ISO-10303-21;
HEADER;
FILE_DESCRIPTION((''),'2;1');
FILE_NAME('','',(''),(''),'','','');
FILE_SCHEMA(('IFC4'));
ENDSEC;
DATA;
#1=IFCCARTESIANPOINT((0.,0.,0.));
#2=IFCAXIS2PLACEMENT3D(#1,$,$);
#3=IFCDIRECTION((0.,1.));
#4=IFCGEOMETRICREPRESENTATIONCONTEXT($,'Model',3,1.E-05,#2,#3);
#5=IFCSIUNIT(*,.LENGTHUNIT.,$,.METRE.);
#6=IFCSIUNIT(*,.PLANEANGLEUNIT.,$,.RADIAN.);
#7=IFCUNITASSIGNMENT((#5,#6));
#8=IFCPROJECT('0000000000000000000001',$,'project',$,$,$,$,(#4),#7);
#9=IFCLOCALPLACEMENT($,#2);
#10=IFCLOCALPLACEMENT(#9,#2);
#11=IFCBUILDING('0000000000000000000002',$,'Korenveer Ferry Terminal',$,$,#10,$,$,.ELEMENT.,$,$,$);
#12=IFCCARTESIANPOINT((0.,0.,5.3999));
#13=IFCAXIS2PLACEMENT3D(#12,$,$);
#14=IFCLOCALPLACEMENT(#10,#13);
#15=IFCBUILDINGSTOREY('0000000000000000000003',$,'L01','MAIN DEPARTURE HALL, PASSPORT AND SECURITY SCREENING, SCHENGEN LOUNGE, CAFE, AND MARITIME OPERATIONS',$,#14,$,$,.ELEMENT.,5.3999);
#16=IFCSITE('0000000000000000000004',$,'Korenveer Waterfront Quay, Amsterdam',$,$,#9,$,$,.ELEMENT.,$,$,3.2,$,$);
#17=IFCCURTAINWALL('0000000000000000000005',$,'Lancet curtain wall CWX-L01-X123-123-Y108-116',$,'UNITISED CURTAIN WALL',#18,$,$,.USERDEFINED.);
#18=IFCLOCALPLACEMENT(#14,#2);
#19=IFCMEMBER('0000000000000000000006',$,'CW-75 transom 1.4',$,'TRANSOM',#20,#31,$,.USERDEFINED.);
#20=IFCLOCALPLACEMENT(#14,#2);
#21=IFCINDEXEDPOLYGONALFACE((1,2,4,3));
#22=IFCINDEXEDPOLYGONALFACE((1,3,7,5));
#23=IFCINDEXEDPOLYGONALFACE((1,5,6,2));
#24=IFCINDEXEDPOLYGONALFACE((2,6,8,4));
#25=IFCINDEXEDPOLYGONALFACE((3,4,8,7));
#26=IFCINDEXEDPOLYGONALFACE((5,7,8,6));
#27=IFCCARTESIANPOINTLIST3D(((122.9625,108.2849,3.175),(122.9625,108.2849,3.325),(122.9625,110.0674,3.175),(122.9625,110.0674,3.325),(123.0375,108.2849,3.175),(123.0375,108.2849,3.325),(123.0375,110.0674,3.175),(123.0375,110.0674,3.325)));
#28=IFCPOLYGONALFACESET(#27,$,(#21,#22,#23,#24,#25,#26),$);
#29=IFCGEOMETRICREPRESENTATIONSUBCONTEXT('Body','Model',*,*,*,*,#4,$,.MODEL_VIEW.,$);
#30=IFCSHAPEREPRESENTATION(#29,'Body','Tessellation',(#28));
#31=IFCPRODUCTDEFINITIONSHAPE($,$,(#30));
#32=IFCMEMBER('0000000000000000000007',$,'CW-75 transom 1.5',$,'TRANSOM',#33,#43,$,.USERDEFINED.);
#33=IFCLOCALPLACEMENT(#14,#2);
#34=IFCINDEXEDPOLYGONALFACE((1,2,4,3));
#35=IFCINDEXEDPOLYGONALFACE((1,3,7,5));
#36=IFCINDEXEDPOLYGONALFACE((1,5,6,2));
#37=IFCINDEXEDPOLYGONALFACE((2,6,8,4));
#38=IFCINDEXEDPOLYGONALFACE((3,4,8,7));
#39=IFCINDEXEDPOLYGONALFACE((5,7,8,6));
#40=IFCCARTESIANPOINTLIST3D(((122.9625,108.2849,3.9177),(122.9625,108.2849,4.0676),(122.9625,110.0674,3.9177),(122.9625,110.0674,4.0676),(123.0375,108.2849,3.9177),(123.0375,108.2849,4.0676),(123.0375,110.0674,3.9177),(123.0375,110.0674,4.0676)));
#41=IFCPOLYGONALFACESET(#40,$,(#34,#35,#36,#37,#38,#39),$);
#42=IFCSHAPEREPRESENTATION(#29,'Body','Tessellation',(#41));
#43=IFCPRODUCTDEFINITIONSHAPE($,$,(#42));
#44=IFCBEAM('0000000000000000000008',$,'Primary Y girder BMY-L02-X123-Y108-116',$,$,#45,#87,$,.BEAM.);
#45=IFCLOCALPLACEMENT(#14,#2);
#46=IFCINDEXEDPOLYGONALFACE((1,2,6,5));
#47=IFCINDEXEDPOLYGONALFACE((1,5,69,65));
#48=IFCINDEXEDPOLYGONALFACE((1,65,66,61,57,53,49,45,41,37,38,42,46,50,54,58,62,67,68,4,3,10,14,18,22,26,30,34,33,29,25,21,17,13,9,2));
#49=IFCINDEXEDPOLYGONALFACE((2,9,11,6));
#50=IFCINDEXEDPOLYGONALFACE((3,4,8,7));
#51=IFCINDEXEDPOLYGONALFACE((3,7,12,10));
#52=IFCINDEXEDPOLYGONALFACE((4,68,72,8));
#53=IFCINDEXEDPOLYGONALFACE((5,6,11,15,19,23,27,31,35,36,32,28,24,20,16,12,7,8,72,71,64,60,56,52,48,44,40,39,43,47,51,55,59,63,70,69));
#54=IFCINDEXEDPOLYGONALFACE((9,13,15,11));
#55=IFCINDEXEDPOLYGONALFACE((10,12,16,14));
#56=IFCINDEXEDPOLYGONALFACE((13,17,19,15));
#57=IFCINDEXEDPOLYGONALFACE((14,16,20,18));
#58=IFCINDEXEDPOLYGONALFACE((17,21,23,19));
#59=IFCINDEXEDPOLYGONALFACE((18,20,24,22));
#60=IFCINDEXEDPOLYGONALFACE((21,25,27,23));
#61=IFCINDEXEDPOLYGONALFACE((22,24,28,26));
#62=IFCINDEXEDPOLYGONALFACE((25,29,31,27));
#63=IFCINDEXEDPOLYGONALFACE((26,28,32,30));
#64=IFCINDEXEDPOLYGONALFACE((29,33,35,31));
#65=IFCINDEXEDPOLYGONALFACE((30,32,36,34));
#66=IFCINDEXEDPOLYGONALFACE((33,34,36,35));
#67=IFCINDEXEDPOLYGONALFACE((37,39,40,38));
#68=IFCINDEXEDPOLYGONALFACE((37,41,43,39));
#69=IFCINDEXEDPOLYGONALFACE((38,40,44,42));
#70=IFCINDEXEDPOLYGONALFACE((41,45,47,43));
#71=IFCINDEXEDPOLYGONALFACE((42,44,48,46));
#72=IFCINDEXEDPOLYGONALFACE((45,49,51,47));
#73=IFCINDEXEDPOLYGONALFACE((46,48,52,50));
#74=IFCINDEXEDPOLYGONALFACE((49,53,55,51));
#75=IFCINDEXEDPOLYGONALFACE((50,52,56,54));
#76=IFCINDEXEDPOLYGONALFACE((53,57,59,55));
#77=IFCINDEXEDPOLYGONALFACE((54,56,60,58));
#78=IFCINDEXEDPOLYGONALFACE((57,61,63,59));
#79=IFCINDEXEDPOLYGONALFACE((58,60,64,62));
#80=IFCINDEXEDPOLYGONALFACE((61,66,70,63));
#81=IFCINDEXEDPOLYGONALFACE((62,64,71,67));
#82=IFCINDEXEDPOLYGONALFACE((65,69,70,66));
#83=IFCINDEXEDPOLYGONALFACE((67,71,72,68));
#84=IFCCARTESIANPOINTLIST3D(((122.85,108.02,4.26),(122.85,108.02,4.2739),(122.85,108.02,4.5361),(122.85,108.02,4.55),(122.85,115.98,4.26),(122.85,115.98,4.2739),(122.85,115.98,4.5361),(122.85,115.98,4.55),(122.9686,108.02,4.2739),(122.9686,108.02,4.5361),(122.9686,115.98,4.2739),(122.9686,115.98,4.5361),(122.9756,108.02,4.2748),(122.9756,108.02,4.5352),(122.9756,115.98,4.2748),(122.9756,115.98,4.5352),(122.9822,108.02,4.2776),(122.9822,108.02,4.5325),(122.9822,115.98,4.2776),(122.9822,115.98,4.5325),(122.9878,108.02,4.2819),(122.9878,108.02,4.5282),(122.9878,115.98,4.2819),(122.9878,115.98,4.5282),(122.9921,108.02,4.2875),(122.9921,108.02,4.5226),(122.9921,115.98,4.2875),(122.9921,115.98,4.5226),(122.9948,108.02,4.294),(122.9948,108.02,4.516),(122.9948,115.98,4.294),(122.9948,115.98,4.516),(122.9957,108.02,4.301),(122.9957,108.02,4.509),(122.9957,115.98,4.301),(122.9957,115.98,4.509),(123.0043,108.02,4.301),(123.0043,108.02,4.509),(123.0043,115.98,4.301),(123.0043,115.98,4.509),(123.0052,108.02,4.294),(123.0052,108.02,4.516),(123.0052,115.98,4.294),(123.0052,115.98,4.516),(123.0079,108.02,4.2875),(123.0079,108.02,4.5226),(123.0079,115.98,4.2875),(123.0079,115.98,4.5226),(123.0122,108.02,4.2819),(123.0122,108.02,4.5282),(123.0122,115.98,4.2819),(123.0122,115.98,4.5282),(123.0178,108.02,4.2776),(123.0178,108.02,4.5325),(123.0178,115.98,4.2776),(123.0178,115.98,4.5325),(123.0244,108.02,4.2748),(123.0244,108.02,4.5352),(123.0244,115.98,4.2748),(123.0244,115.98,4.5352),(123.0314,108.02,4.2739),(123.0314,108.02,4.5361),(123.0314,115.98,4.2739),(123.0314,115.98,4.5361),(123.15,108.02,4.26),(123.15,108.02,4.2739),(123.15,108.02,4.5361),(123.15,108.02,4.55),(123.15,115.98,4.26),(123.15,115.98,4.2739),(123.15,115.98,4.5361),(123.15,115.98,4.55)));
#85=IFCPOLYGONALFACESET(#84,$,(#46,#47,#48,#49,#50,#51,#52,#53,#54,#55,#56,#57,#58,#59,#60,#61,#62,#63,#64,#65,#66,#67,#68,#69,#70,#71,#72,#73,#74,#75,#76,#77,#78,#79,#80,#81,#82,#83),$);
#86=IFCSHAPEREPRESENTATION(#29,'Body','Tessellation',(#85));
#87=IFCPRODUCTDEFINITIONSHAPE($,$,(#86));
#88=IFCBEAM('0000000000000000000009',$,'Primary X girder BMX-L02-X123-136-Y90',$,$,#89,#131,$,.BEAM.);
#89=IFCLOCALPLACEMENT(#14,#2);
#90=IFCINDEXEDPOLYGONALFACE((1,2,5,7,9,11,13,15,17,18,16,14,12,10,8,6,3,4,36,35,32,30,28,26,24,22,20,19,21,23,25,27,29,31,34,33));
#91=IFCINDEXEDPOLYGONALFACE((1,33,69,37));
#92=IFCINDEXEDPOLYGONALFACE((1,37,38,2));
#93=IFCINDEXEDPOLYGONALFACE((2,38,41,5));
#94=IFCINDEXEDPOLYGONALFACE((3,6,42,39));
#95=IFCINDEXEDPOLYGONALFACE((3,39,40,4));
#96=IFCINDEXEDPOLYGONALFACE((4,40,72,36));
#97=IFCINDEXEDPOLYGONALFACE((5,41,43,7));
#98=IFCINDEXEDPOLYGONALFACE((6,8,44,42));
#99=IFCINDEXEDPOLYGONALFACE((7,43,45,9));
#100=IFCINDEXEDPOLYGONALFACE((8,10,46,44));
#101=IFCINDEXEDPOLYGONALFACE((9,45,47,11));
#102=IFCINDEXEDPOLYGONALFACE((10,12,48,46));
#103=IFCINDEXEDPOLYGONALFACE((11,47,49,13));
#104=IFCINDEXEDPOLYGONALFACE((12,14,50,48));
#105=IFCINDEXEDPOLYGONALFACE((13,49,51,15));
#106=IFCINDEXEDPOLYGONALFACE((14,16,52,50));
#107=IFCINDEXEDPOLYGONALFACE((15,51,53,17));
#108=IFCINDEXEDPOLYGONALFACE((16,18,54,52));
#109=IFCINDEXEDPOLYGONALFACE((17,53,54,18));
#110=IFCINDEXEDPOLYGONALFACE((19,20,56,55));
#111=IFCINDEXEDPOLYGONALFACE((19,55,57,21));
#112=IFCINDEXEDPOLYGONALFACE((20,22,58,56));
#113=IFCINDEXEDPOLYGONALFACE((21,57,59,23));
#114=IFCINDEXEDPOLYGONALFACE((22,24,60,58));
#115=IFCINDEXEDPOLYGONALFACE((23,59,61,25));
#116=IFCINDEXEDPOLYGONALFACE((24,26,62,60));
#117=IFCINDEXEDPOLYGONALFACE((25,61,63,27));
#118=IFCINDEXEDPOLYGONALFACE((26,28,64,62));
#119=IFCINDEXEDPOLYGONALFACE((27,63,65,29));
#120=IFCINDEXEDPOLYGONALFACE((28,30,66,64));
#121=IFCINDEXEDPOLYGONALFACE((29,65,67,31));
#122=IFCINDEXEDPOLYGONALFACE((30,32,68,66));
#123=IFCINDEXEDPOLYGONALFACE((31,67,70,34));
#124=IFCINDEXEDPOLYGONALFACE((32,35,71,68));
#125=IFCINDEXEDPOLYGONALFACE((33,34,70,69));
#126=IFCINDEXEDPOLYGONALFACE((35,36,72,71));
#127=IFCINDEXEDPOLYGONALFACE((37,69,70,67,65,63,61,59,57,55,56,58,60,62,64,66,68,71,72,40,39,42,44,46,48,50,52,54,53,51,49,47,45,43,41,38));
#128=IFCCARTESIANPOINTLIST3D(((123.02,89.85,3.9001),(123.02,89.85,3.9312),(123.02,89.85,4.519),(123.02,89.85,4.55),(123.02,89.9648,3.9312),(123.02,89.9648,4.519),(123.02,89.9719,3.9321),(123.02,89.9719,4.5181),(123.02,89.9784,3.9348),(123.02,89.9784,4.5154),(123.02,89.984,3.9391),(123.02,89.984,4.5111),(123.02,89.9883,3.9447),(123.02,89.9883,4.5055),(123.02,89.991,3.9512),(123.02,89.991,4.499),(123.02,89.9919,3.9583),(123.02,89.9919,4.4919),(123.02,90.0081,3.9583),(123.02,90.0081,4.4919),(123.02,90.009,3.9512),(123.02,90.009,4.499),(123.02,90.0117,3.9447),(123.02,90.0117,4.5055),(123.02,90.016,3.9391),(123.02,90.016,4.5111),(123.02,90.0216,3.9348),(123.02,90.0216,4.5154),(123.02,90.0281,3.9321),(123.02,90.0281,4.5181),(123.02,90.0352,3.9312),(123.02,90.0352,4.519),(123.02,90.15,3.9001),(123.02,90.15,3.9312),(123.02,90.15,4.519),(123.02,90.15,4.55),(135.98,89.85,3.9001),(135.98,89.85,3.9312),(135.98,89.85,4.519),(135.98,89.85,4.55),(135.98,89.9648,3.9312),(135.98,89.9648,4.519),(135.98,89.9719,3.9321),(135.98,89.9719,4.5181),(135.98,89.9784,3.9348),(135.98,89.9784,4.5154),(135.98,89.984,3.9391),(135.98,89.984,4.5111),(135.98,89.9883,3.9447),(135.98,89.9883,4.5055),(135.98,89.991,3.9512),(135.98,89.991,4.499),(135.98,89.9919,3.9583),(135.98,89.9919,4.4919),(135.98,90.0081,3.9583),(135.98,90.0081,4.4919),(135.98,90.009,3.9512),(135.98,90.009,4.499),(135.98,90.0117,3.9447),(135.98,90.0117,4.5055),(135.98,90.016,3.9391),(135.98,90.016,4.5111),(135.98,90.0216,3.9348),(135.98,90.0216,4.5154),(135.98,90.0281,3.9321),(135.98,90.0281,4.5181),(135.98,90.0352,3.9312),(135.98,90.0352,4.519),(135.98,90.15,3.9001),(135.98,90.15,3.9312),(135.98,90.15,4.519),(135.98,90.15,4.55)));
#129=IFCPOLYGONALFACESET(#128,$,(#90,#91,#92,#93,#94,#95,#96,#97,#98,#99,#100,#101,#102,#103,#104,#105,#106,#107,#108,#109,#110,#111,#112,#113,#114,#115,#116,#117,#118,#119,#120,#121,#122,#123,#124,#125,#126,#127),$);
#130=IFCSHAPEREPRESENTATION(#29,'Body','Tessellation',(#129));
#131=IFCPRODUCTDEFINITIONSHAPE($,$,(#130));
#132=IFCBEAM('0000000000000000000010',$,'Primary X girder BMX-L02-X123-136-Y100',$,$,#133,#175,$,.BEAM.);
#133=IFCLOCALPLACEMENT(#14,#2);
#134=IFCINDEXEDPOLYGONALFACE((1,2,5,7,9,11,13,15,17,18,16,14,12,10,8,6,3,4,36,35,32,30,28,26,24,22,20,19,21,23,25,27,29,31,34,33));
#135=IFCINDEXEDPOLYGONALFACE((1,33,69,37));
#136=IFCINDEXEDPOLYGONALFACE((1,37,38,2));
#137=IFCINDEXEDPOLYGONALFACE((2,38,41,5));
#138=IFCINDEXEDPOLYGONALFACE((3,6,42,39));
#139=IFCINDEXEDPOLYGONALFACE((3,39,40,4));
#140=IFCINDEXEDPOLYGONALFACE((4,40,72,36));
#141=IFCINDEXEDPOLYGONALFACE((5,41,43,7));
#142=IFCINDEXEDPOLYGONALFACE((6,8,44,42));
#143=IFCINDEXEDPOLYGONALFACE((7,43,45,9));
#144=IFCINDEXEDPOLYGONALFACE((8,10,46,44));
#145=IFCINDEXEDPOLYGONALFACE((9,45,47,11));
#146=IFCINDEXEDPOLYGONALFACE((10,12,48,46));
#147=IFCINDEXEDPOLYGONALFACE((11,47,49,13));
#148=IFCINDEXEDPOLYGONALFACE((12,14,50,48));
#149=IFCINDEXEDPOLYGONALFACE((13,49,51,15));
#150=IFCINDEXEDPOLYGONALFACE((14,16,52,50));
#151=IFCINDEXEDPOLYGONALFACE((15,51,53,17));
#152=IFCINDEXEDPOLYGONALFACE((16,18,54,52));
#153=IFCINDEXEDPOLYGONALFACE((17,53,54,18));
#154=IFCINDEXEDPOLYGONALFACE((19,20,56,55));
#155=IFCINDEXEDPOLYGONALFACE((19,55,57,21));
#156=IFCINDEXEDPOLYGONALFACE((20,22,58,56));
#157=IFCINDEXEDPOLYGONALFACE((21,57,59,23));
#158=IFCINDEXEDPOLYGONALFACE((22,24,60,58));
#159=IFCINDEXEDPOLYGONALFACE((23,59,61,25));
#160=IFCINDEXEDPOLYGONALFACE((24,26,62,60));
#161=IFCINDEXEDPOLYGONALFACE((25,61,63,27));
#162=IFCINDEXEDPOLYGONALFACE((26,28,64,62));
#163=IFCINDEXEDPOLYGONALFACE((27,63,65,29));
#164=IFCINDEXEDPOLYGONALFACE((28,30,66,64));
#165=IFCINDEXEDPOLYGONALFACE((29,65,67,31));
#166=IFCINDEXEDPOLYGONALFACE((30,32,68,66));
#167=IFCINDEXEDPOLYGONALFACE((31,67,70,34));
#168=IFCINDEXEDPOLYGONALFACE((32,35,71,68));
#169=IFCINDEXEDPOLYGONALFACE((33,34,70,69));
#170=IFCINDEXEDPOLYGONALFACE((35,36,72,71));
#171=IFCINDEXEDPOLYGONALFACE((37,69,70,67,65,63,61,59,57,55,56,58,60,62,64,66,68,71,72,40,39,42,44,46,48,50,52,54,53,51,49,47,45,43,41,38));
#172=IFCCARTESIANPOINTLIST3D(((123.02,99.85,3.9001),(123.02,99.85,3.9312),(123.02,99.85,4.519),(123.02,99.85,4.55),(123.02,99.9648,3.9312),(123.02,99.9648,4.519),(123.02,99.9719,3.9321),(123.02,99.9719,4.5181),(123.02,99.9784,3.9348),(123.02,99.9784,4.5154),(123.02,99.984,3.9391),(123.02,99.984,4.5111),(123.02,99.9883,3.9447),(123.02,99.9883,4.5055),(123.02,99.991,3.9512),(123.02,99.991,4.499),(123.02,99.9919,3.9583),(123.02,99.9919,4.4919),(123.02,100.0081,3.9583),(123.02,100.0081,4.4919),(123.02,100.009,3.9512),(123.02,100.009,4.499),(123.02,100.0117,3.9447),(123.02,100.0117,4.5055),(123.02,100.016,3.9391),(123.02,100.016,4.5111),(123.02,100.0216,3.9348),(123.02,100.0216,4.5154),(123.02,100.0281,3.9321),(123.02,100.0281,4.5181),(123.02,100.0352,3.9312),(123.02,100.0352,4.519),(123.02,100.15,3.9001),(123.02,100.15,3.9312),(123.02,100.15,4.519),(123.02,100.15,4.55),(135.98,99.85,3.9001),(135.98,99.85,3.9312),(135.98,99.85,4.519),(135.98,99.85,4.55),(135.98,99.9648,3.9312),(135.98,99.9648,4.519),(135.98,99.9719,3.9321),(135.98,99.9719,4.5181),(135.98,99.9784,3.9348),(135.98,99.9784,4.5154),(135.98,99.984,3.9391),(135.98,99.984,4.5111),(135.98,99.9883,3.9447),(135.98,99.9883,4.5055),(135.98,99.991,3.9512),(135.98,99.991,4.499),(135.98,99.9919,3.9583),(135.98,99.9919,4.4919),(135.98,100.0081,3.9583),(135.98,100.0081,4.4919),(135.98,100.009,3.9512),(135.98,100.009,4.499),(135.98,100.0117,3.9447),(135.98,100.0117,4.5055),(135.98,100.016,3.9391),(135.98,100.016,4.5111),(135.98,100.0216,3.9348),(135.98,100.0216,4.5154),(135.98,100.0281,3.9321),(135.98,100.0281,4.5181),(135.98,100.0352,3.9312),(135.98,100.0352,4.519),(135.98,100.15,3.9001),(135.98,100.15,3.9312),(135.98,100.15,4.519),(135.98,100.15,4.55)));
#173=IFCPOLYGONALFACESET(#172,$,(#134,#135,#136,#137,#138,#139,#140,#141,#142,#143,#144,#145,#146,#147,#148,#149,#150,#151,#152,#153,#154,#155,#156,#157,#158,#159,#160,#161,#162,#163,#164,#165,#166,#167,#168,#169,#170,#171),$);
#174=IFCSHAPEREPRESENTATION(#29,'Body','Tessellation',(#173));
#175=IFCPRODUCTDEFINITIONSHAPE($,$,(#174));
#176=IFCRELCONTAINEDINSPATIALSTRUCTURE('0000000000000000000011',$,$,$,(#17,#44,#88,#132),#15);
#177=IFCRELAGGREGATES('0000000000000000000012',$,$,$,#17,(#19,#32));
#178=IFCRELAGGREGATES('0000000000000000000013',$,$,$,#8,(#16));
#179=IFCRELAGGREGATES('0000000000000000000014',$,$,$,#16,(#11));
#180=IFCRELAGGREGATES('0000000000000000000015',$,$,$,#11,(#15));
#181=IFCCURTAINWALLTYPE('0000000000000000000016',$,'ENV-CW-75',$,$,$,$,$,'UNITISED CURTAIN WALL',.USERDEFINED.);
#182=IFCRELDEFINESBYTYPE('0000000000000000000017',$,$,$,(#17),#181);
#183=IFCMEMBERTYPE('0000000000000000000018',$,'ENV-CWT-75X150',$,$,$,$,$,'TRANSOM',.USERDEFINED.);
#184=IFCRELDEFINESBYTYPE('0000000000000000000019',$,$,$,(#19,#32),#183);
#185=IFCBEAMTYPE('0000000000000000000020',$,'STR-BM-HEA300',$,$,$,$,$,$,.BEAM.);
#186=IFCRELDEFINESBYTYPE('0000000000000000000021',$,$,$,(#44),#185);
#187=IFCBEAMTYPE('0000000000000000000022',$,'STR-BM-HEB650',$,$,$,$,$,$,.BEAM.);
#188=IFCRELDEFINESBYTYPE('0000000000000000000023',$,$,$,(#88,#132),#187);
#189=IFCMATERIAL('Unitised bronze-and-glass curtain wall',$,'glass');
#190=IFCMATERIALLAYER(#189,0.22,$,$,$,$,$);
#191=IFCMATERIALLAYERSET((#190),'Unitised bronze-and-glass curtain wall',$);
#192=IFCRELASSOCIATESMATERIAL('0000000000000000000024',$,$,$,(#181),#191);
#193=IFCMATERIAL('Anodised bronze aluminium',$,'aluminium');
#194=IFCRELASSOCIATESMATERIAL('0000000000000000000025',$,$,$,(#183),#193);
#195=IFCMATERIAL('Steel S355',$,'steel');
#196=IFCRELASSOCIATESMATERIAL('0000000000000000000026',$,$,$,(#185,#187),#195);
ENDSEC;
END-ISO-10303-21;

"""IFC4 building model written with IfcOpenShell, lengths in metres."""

from ifc_helpers import new_model, si_unit, direction, frame, origin, origin_2d, place, context, subcontext, project, spatial, rectangle, i_section, extrude, material, layer, layer_set, material_profile, profile_set, type_object, element, aggregate, save


model = new_model("IFC4")

# Units and contexts
model_context = context("Model", 3, precision=1e-05, world=origin(), true_north=direction((0.0, 1.0)))
body_context = subcontext(model_context, "Body", "Model", "MODEL_VIEW")
ifc_project = project(units=[si_unit("LENGTHUNIT", "METRE"), si_unit("PLANEANGLEUNIT", "RADIAN")], contexts=[model_context])

# Site, building, storey
site_placement = place(None, origin())
site = spatial("IfcSite", under=ifc_project, at=site_placement, Name="Korenveer Waterfront Quay, Amsterdam", CompositionType="ELEMENT", RefElevation=3.2)
building_placement = place(site_placement, origin())
building = spatial("IfcBuilding", under=site, at=building_placement, Name="Korenveer Ferry Terminal", CompositionType="ELEMENT")
storey_placement = place(building_placement, frame((0.0, 0.0, 5.3999)))
storey = spatial("IfcBuildingStorey", under=building, at=storey_placement, Name="L01", Description="MAIN DEPARTURE HALL, PASSPORT AND SECURITY SCREENING, SCHENGEN LOUNGE, CAFE, AND MARITIME OPERATIONS", CompositionType="ELEMENT", Elevation=5.3999)

# Shared definitions
ifc_material_1 = material(Name="Steel S355", Category="steel")

# Shared definitions
ifc_material_2 = material(Name="Unitised bronze-and-glass curtain wall", Category="glass")
ifc_material_3 = material(Name="Anodised bronze aluminium", Category="aluminium")

# Curtain wall
ifc_layer_1 = layer(ifc_material_2, 0.22)
ifc_layer_set_1 = layer_set([ifc_layer_1], Name="Unitised bronze-and-glass curtain wall")
curtain_wall_type_1 = type_object("IfcCurtainWallType", Name="ENV-CW-75", ElementType="UNITISED CURTAIN WALL", PredefinedType="USERDEFINED", material=ifc_layer_set_1)
curtain_wall_1_placement = place(storey_placement, frame((123.0, 108.21, 0.0)))
curtain_wall_1 = element("IfcCurtainWall", 1, at=curtain_wall_1_placement, inside=storey, type_object=curtain_wall_type_1, Name="Lancet curtain wall CWX-L01-X123-123-Y108-116", ObjectType="UNITISED CURTAIN WALL", PredefinedType="USERDEFINED")

# Members
ifc_material_profile_1 = material_profile(ifc_material_3, rectangle(XDim=0.075, YDim=0.1499, at=origin_2d()), Name="ALU 75x150")
ifc_profile_set_1 = profile_set([ifc_material_profile_1], Name="Anodised bronze aluminium")
member_type_1 = type_object("IfcMemberType", Name="ENV-CWT-75X150", ElementType="TRANSOM", PredefinedType="USERDEFINED", material=ifc_profile_set_1)
member_1_placement = place(storey_placement, frame((123.0, 108.2849, 3.25), z_axis=(0.0, 1.0, 0.0), x_axis=(-1.0, 0.0, 0.0)))
member_1 = element("IfcMember", 2, at=member_1_placement, type_object=member_type_1, Name="CW-75 transom 1.4", ObjectType="TRANSOM", PredefinedType="USERDEFINED", context=body_context, shape_type="SweptSolid", body=[
    extrude(rectangle(XDim=0.075, YDim=0.1499, at=origin_2d()), origin(), (0.0, 0.0, 1.0), 1.7825),
])
member_2_placement = place(storey_placement, frame((123.0, 108.2849, 3.9927), z_axis=(0.0, 1.0, 0.0), x_axis=(-1.0, 0.0, 0.0)))
member_2 = element("IfcMember", 3, at=member_2_placement, type_object=member_type_1, Name="CW-75 transom 1.5", ObjectType="TRANSOM", PredefinedType="USERDEFINED", context=body_context, shape_type="SweptSolid", body=[
    extrude(rectangle(XDim=0.075, YDim=0.1499, at=origin_2d()), origin(), (0.0, 0.0, 1.0), 1.7825),
])

# Beams
ifc_material_profile_2 = material_profile(ifc_material_1, i_section(OverallWidth=0.3, OverallDepth=0.29, WebThickness=0.0085, FlangeThickness=0.0139, FilletRadius=0.0271, at=origin_2d()), Name="HEA 300")
ifc_profile_set_2 = profile_set([ifc_material_profile_2], Name="Steel S355")
beam_type_1 = type_object("IfcBeamType", Name="STR-BM-HEA300", PredefinedType="BEAM", material=ifc_profile_set_2)
beam_placement = place(storey_placement, frame((123.0, 108.02, 4.405), z_axis=(0.0, 1.0, 0.0), x_axis=(-1.0, 0.0, 0.0)))
element("IfcBeam", 4, at=beam_placement, inside=storey, type_object=beam_type_1, Name="Primary Y girder BMY-L02-X123-Y108-116", PredefinedType="BEAM", context=body_context, shape_type="SweptSolid", body=[
    extrude(i_section(OverallWidth=0.3, OverallDepth=0.29, WebThickness=0.0085, FlangeThickness=0.0139, FilletRadius=0.0271, at=origin_2d()), origin(), (0.0, 0.0, 1.0), 7.96),
])
ifc_material_profile_3 = material_profile(ifc_material_1, i_section(OverallWidth=0.3, OverallDepth=0.6499, WebThickness=0.0161, FlangeThickness=0.031, FilletRadius=0.0271, at=origin_2d()), Name="HEB 650")
ifc_profile_set_3 = profile_set([ifc_material_profile_3], Name="Steel S355")
beam_type_2 = type_object("IfcBeamType", Name="STR-BM-HEB650", PredefinedType="BEAM", material=ifc_profile_set_3)
for number, where, z_axis, x_axis, name in (
    (5, (123.02, 90.0, 4.2251), (1.0, 0.0, 0.0), (0.0, 1.0, 0.0), "Primary X girder BMX-L02-X123-136-Y90"),
    (6, (123.02, 100.0, 4.2251), (1.0, 0.0, 0.0), (0.0, 1.0, 0.0), "Primary X girder BMX-L02-X123-136-Y100"),
):
    element("IfcBeam", number, at=place(storey_placement, frame(where, z_axis=z_axis, x_axis=x_axis)), inside=storey, type_object=beam_type_2, Name=name, PredefinedType="BEAM", context=body_context, shape_type="SweptSolid", body=[
        extrude(i_section(OverallWidth=0.3, OverallDepth=0.6499, WebThickness=0.0161, FlangeThickness=0.031, FilletRadius=0.0271, at=origin_2d()), origin(), (0.0, 0.0, 1.0), 12.96),
    ])

aggregate(curtain_wall_1, [member_1, member_2])

save(model, "model.ifc")
